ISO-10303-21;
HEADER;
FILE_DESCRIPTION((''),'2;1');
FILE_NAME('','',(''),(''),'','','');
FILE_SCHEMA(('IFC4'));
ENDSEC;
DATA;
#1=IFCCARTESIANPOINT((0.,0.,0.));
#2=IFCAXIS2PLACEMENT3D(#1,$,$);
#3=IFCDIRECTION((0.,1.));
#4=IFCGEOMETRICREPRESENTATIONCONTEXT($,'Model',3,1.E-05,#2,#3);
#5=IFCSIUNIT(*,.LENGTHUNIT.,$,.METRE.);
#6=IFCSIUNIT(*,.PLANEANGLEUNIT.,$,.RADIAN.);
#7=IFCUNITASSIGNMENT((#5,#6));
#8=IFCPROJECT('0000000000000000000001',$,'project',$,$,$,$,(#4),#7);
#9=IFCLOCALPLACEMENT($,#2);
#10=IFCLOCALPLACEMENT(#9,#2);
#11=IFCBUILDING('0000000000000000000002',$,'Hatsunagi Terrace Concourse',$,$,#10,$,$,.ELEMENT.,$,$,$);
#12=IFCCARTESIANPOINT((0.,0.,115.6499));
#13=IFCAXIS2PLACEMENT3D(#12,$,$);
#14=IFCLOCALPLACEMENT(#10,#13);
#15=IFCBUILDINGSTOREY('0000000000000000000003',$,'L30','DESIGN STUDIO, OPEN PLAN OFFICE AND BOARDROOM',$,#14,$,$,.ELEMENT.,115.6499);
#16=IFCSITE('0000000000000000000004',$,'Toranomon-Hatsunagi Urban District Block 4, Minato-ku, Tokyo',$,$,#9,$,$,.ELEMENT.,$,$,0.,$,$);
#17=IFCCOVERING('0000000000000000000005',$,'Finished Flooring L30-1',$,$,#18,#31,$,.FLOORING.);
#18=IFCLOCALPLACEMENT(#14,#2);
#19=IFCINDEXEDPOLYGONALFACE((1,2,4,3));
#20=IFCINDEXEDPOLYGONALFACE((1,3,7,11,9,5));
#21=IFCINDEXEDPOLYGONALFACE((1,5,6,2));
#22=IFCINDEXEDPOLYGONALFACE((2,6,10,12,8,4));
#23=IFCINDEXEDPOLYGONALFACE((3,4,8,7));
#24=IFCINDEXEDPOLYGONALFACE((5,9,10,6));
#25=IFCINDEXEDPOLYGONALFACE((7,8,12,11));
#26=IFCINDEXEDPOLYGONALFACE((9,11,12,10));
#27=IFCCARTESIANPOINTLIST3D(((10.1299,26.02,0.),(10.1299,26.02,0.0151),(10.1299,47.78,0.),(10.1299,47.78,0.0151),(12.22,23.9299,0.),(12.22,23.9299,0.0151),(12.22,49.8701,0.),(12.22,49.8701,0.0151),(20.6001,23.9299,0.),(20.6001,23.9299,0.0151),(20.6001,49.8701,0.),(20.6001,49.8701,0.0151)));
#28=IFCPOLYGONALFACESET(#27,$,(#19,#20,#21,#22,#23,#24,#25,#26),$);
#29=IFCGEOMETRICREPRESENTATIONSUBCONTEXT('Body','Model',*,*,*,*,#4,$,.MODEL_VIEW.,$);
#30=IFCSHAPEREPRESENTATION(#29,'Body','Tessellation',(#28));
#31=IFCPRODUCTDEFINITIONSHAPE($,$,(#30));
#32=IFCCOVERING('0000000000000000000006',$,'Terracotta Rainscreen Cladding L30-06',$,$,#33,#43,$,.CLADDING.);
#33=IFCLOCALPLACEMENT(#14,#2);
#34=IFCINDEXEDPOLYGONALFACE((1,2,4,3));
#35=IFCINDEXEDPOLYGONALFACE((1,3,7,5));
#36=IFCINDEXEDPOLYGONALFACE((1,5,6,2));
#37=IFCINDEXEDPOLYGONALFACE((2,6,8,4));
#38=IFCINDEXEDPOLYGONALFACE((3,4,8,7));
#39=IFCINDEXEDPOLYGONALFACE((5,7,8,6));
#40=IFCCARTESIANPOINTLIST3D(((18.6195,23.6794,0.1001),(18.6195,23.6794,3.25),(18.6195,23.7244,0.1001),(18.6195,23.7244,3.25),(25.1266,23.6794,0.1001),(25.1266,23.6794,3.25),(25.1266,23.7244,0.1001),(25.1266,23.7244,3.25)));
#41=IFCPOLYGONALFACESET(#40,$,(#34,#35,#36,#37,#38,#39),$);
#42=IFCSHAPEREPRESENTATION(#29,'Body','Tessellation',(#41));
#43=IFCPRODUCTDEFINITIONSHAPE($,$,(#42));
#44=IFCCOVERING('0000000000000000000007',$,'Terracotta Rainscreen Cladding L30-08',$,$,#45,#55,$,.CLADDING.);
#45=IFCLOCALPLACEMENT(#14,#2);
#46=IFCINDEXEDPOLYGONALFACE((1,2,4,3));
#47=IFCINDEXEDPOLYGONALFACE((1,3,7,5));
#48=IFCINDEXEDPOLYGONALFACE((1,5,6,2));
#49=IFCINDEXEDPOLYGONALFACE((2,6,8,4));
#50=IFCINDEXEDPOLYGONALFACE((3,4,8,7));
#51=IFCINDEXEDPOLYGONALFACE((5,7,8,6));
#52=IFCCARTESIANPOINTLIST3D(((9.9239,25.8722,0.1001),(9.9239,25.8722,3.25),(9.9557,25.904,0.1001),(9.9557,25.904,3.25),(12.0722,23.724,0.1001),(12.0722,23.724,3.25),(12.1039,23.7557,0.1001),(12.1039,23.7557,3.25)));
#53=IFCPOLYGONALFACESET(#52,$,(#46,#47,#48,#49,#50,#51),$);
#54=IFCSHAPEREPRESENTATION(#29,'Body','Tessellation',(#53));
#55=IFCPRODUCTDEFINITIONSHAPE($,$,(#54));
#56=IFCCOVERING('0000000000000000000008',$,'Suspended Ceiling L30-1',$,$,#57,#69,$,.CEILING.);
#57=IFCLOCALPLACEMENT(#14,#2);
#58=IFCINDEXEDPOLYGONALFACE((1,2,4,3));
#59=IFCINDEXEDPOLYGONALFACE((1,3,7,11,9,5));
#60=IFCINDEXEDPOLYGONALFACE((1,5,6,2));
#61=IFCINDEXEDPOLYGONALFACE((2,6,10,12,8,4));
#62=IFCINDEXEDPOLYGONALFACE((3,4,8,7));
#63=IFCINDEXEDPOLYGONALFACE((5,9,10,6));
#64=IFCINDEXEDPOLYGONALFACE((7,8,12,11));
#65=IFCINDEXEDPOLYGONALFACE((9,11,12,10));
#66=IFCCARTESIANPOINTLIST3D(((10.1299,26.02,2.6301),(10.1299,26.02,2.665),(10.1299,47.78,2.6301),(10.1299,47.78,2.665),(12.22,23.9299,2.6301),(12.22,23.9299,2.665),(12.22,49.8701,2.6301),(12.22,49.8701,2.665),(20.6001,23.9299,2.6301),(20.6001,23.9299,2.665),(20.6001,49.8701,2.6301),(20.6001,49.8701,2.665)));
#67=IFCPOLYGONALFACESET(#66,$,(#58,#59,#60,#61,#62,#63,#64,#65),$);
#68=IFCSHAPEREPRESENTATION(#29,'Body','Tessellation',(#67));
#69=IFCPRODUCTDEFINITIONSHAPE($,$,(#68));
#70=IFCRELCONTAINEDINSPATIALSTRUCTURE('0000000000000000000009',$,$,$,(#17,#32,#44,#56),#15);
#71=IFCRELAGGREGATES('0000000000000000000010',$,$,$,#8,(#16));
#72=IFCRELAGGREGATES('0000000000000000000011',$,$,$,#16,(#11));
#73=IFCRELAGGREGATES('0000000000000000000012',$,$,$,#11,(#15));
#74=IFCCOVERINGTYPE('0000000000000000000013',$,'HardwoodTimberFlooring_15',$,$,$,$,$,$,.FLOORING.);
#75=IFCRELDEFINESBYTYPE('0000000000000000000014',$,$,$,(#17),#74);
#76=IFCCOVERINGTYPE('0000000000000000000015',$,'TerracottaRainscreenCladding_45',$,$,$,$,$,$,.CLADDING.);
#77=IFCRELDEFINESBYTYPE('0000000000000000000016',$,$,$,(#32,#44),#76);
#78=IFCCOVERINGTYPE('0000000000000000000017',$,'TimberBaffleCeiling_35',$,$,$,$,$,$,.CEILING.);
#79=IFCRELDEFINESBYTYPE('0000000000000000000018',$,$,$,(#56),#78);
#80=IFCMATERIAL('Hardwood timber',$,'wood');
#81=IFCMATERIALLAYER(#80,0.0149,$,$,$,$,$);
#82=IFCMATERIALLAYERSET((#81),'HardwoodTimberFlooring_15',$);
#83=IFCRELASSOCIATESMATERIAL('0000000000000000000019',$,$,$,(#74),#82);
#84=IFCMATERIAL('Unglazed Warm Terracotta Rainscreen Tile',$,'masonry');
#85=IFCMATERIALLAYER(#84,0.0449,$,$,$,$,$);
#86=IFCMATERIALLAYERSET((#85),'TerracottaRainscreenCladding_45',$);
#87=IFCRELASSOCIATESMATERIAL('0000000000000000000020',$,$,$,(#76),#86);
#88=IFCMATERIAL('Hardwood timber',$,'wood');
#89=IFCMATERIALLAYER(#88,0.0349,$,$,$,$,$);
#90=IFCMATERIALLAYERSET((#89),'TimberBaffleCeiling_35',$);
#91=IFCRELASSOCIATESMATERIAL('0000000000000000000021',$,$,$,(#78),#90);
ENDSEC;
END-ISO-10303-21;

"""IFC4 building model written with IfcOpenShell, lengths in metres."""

from ifc_helpers import new_model, si_unit, direction, frame, origin, origin_2d, place, context, subcontext, project, spatial, polyline, rectangle, outline, extrude, material, layer, layer_set, type_object, element, save


model = new_model("IFC4")

# Units and contexts
model_context = context("Model", 3, precision=1e-05, world=origin(), true_north=direction((0.0, 1.0)))
body_context = subcontext(model_context, "Body", "Model", "MODEL_VIEW")
ifc_project = project(units=[si_unit("LENGTHUNIT", "METRE"), si_unit("PLANEANGLEUNIT", "RADIAN")], contexts=[model_context])

# Site, building, storey
site_placement = place(None, origin())
site = spatial("IfcSite", under=ifc_project, at=site_placement, Name="Toranomon-Hatsunagi Urban District Block 4, Minato-ku, Tokyo", CompositionType="ELEMENT", RefElevation=0.0)
building_placement = place(site_placement, origin())
building = spatial("IfcBuilding", under=site, at=building_placement, Name="Hatsunagi Terrace Concourse", CompositionType="ELEMENT")
storey_placement = place(building_placement, frame((0.0, 0.0, 115.6499)))
storey = spatial("IfcBuildingStorey", under=building, at=storey_placement, Name="L30", Description="DESIGN STUDIO, OPEN PLAN OFFICE AND BOARDROOM", CompositionType="ELEMENT", Elevation=115.6499)

# Coverings
ifc_material_1 = material(Name="Hardwood timber", Category="wood")
ifc_layer_1 = layer(ifc_material_1, 0.0149)
ifc_layer_set_1 = layer_set([ifc_layer_1], Name="HardwoodTimberFlooring_15")
covering_type_1 = type_object("IfcCoveringType", Name="HardwoodTimberFlooring_15", PredefinedType="FLOORING", material=ifc_layer_set_1)
covering_1_placement = place(storey_placement, origin())
element("IfcCovering", 1, at=covering_1_placement, inside=storey, type_object=covering_type_1, Name="Finished Flooring L30-1", PredefinedType="FLOORING", context=body_context, shape_type="SweptSolid", body=[
    extrude(outline(polyline([(10.1299, 26.02), (12.22, 23.9299), (20.6001, 23.9299), (20.6001, 49.8701), (12.22, 49.8701), (10.1299, 47.78), (10.1299, 26.02)])), origin(), (0.0, 0.0, 1.0), 0.0151),
])
ifc_material_2 = material(Name="Unglazed Warm Terracotta Rainscreen Tile", Category="masonry")
ifc_layer_2 = layer(ifc_material_2, 0.0449)
ifc_layer_set_2 = layer_set([ifc_layer_2], Name="TerracottaRainscreenCladding_45")
covering_type_2 = type_object("IfcCoveringType", Name="TerracottaRainscreenCladding_45", PredefinedType="CLADDING", material=ifc_layer_set_2)
covering_2_placement = place(storey_placement, frame((21.873, 23.7019, 0.1001), z_axis=(0.0, 0.0, 1.0), x_axis=(-1.0, 0.0, 0.0)))
element("IfcCovering", 2, at=covering_2_placement, inside=storey, type_object=covering_type_2, Name="Terracotta Rainscreen Cladding L30-06", PredefinedType="CLADDING", context=body_context, shape_type="SweptSolid", body=[
    extrude(rectangle(XDim=6.5071, YDim=0.0449, at=origin_2d()), origin(), (0.0, 0.0, 1.0), 3.1499),
])
covering_3_placement = place(storey_placement, frame((11.0139, 24.814, 0.1001), z_axis=(0.0, 0.0, 1.0), x_axis=(-0.707107, 0.707107, 0.0)))
element("IfcCovering", 3, at=covering_3_placement, inside=storey, type_object=covering_type_2, Name="Terracotta Rainscreen Cladding L30-08", PredefinedType="CLADDING", context=body_context, shape_type="SweptSolid", body=[
    extrude(rectangle(XDim=3.0381, YDim=0.0449, at=origin_2d()), origin(), (0.0, 0.0, 1.0), 3.1499),
])
ifc_material_3 = material(Name="Hardwood timber", Category="wood")
ifc_layer_3 = layer(ifc_material_3, 0.0349)
ifc_layer_set_3 = layer_set([ifc_layer_3], Name="TimberBaffleCeiling_35")
covering_type_3 = type_object("IfcCoveringType", Name="TimberBaffleCeiling_35", PredefinedType="CEILING", material=ifc_layer_set_3)
covering_4_placement = place(storey_placement, frame((0.0, 0.0, 2.6301)))
element("IfcCovering", 4, at=covering_4_placement, inside=storey, type_object=covering_type_3, Name="Suspended Ceiling L30-1", PredefinedType="CEILING", context=body_context, shape_type="SweptSolid", body=[
    extrude(outline(polyline([(10.1299, 26.02), (12.22, 23.9299), (20.6001, 23.9299), (20.6001, 49.8701), (12.22, 49.8701), (10.1299, 47.78), (10.1299, 26.02)])), origin(), (0.0, 0.0, 1.0), 0.0349),
])

save(model, "model.ifc")
